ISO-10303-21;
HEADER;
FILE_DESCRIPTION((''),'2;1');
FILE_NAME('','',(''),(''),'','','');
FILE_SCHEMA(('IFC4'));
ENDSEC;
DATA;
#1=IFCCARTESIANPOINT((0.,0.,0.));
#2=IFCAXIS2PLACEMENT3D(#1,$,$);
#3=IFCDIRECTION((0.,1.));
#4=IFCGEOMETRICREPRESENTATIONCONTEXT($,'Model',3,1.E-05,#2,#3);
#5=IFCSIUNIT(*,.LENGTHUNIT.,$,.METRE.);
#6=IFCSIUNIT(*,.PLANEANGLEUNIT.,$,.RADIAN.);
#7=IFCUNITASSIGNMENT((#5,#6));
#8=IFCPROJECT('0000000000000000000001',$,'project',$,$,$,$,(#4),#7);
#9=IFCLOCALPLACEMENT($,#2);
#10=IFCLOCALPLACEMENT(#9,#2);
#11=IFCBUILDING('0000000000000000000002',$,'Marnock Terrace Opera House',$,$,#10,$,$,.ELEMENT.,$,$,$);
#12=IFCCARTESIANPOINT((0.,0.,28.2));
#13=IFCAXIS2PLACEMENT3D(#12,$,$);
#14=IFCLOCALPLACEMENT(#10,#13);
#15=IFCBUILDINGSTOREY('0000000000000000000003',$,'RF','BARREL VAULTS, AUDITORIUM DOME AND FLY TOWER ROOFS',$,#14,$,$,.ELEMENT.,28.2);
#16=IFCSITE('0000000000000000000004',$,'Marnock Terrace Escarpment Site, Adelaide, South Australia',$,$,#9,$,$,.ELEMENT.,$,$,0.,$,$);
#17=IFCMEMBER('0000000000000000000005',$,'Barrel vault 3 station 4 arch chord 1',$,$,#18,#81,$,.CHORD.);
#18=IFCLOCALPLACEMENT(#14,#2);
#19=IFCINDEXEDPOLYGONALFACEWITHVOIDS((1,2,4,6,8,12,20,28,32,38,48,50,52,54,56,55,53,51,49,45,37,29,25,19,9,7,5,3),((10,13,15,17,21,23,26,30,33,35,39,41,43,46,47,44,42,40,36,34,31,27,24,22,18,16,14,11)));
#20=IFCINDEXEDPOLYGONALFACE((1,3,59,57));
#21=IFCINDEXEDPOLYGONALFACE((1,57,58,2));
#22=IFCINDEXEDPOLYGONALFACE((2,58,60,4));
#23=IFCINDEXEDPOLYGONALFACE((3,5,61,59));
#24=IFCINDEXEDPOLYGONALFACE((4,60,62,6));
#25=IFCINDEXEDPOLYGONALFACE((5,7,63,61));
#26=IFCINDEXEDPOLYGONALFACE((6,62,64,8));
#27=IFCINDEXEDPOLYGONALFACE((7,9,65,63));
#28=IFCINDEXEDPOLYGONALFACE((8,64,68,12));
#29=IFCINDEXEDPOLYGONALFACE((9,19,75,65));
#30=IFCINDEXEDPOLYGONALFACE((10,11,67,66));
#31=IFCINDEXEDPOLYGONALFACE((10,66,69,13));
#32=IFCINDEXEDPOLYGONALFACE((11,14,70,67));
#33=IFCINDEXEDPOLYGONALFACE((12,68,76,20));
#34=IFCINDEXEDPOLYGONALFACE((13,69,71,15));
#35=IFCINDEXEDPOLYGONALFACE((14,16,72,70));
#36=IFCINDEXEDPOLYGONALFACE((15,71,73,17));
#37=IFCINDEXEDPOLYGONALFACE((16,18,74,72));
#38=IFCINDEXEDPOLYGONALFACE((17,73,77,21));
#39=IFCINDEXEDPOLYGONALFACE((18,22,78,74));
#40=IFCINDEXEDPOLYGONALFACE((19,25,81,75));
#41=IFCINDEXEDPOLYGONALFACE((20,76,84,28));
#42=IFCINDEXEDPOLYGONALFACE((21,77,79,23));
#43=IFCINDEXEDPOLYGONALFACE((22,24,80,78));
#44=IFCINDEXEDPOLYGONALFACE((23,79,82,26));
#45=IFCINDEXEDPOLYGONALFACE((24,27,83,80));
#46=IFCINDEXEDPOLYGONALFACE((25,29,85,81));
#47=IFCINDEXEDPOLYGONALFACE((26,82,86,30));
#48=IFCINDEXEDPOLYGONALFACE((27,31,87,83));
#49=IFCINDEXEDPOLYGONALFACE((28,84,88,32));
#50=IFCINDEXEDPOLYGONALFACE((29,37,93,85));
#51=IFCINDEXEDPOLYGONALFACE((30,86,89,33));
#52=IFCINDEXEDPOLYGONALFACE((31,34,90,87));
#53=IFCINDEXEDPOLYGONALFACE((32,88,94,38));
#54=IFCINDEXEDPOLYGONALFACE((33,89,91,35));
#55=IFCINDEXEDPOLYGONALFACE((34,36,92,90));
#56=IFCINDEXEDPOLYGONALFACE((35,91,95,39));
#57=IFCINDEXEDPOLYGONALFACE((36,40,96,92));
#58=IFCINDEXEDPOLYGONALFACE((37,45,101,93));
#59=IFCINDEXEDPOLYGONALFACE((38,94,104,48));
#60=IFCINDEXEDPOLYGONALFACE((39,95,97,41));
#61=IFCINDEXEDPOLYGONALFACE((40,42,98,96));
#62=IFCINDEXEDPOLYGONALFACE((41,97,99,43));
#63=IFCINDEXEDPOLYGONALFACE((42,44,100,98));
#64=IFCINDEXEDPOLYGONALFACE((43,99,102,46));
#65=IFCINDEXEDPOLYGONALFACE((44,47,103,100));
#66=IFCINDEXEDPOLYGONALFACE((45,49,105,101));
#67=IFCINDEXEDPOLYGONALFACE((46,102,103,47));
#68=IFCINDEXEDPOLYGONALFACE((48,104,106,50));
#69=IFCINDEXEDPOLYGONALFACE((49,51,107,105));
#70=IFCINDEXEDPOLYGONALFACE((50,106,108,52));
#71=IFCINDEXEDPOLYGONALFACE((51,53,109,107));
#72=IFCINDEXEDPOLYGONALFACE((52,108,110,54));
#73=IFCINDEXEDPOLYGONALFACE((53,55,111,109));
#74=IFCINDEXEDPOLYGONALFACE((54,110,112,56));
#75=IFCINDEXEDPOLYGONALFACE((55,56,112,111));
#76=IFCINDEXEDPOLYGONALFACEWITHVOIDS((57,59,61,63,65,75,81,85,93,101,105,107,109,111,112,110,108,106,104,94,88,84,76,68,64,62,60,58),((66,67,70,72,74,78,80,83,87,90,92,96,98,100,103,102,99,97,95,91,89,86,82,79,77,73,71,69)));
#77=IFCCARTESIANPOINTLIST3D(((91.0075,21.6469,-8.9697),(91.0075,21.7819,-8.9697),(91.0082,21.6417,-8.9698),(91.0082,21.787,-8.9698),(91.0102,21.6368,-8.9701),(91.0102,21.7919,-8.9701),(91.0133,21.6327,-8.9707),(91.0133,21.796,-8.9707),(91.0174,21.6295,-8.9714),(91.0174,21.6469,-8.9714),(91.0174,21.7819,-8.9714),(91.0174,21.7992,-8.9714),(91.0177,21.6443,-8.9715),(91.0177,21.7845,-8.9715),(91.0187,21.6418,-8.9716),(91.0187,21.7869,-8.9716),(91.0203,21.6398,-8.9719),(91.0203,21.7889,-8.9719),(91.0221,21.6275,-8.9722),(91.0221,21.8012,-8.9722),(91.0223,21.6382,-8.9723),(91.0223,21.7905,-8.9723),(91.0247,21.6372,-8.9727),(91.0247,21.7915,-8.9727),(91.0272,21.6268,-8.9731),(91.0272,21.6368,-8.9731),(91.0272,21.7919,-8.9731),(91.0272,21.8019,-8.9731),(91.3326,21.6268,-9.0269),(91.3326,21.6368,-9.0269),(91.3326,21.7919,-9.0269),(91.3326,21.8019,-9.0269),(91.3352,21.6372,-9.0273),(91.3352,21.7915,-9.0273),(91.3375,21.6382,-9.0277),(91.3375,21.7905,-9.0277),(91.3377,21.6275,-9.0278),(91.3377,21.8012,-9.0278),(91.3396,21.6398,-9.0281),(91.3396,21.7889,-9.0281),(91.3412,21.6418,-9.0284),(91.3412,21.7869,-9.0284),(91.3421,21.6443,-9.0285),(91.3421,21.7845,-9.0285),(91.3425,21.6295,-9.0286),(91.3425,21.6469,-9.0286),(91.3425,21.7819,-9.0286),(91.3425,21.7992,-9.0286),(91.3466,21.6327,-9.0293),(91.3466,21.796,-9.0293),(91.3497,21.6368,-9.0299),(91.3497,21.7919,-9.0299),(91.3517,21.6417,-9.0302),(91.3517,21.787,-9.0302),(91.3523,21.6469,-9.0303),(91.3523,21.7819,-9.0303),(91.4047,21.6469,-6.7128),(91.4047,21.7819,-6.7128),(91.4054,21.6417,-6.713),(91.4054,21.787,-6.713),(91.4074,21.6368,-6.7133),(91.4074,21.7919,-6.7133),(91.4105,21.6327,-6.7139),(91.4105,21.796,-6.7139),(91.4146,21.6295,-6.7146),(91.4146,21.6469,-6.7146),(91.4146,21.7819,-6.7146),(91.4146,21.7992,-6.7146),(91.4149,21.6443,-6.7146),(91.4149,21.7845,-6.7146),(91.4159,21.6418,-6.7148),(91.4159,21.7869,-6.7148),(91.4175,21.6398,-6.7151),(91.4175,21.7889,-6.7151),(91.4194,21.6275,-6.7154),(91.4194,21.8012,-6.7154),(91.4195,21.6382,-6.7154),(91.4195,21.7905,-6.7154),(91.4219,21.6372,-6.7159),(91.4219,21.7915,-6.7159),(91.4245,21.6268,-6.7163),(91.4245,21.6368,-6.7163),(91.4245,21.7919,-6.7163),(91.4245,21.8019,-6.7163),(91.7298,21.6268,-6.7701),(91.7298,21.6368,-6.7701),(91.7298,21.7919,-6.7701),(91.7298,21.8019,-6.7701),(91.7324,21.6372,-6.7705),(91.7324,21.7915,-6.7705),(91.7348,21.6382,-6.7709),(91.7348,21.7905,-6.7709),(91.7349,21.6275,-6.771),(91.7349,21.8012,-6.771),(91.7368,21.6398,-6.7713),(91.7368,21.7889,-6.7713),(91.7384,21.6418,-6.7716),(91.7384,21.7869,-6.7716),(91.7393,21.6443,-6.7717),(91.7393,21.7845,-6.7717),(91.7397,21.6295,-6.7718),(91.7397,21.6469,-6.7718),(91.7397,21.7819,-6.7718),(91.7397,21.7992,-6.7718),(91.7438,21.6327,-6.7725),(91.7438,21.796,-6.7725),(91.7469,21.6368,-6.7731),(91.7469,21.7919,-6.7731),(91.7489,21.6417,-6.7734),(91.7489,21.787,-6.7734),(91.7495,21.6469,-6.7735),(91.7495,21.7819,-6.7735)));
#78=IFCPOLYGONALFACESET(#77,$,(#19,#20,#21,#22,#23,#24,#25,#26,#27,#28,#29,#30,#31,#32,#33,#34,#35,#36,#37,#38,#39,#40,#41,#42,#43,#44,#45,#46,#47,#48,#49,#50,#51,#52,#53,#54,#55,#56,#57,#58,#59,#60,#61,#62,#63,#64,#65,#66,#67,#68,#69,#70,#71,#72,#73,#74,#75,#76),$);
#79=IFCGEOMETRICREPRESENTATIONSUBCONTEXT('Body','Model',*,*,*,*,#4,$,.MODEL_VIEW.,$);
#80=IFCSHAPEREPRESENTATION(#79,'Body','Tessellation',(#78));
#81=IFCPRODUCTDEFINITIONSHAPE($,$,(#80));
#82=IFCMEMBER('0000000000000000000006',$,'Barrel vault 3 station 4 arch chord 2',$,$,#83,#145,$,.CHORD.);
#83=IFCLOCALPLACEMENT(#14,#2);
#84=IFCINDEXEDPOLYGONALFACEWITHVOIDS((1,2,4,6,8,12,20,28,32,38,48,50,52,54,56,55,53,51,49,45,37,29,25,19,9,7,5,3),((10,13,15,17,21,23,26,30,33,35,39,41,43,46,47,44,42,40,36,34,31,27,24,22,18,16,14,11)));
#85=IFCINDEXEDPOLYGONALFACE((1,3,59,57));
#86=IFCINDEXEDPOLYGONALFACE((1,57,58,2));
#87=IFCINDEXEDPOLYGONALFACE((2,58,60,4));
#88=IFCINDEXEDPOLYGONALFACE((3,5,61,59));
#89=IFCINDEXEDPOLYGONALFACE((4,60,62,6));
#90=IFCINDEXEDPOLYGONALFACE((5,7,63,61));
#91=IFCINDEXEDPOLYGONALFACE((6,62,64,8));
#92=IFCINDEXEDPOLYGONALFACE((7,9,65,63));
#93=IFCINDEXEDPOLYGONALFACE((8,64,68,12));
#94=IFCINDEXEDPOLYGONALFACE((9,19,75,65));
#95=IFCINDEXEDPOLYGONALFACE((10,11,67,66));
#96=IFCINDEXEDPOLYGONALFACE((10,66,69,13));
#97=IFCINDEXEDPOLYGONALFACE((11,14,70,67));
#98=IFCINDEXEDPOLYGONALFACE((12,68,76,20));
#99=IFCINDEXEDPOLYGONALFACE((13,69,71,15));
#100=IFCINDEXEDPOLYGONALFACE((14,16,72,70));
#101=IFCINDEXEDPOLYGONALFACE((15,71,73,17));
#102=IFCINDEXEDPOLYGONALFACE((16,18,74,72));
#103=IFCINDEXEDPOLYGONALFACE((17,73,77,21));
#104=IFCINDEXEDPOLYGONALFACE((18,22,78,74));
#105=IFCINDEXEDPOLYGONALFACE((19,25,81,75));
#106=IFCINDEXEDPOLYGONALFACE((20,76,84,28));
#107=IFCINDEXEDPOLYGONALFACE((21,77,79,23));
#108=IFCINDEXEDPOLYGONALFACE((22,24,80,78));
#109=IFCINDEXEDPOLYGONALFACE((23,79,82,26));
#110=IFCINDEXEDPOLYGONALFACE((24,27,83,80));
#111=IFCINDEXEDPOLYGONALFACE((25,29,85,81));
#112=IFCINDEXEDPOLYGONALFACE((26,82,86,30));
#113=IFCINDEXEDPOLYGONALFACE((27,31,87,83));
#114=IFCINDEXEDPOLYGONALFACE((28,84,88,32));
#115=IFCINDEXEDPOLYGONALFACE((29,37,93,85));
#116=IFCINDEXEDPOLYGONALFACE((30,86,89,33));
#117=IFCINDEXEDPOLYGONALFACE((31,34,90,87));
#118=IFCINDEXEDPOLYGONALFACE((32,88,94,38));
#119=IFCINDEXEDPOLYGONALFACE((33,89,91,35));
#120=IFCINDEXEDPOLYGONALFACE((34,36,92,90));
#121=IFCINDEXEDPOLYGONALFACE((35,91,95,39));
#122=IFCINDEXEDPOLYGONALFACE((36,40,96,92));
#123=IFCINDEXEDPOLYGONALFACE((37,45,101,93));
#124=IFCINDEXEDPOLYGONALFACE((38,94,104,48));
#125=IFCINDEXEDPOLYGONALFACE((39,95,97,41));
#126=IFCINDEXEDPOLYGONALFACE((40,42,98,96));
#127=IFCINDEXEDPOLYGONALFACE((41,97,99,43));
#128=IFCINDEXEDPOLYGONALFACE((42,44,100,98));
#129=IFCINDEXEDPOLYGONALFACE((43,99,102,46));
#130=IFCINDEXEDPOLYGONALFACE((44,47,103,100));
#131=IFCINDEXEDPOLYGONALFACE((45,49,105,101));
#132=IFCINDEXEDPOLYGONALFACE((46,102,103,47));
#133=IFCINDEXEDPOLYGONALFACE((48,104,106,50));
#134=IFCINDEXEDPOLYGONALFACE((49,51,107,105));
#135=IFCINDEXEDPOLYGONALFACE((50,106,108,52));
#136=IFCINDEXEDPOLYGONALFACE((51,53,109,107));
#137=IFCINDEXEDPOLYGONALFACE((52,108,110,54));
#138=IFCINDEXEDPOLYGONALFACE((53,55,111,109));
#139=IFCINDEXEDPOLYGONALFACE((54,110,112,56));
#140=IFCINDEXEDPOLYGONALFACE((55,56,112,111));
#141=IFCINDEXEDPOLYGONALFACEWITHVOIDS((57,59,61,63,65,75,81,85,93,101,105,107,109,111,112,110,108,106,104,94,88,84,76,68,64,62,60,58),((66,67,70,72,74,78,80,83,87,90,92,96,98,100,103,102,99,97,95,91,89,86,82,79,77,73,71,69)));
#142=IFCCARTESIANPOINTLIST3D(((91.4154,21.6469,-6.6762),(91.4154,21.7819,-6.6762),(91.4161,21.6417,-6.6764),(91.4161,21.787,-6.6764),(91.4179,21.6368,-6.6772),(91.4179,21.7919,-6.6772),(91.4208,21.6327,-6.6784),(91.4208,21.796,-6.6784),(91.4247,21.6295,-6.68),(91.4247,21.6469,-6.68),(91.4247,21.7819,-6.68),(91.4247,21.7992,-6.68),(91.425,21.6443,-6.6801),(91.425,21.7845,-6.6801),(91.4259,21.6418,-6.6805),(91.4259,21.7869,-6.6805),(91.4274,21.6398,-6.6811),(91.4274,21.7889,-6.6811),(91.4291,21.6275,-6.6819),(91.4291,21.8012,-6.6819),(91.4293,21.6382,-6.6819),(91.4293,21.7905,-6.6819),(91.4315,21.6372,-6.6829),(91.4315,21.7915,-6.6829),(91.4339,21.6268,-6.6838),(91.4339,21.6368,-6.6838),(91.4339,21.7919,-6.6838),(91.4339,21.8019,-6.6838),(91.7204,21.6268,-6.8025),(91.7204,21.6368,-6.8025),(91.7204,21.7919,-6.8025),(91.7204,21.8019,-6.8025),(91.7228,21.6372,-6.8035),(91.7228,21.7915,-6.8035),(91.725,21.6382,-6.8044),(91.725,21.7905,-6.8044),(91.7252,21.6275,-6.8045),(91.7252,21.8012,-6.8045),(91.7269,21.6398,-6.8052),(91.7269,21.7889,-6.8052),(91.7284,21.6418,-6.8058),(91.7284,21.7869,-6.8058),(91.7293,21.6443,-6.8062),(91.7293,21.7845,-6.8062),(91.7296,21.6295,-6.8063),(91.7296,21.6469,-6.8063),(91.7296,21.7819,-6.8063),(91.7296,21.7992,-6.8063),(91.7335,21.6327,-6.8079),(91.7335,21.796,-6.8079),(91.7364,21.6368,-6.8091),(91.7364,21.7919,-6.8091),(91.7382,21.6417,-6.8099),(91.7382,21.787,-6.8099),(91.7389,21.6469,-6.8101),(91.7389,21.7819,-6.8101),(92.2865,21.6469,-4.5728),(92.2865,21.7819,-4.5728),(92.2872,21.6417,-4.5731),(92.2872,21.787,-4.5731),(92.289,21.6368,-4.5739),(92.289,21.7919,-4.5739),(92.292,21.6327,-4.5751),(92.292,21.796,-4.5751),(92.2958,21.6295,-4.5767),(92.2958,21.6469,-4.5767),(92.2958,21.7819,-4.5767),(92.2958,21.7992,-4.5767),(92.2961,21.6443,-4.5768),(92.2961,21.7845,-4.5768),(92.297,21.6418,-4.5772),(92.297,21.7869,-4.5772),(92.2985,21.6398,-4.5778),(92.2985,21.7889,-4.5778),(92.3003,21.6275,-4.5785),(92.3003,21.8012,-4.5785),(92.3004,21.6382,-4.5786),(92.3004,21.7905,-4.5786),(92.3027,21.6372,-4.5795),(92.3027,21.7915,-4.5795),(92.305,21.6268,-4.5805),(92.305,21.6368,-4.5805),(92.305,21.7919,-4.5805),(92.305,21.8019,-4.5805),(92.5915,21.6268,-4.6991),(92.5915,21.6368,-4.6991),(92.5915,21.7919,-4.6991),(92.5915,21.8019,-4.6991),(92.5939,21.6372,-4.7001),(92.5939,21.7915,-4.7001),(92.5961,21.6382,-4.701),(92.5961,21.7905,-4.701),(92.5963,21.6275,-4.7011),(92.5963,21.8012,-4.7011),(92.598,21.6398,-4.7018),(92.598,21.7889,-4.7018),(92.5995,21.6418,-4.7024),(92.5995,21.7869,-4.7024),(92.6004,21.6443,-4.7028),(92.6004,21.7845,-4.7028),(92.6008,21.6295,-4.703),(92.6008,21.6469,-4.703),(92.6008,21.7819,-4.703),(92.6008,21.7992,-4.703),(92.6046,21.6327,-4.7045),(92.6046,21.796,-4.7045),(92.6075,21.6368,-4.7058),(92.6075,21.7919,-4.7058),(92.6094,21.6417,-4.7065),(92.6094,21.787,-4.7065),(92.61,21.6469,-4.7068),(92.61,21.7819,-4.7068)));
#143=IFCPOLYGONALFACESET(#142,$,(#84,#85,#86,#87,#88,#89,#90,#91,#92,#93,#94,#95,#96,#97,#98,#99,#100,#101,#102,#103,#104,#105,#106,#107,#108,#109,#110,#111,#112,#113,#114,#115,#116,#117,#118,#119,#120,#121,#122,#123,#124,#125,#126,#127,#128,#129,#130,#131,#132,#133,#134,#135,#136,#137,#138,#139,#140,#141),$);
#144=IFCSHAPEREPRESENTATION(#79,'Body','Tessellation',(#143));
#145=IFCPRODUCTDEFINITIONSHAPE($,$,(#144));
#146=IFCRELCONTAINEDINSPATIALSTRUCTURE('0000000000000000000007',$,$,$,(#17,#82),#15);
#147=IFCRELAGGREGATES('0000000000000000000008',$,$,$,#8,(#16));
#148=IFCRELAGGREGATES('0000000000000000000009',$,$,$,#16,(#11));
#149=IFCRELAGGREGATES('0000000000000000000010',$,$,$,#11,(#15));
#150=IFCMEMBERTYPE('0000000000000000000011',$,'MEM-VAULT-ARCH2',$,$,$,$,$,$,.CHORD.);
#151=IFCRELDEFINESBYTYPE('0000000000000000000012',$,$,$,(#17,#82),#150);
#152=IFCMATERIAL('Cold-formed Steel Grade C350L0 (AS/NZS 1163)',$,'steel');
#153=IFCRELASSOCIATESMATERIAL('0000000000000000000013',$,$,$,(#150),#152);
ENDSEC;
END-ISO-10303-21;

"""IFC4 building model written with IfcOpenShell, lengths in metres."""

from ifc_helpers import new_model, si_unit, direction, frame, origin, origin_2d, place, context, subcontext, project, spatial, hollow_rectangle, extrude, material, material_profile, profile_set, type_object, element, save


model = new_model("IFC4")

# Units and contexts
model_context = context("Model", 3, precision=1e-05, world=origin(), true_north=direction((0.0, 1.0)))
body_context = subcontext(model_context, "Body", "Model", "MODEL_VIEW")
ifc_project = project(units=[si_unit("LENGTHUNIT", "METRE"), si_unit("PLANEANGLEUNIT", "RADIAN")], contexts=[model_context])

# Site, building, storey
site_placement = place(None, origin())
site = spatial("IfcSite", under=ifc_project, at=site_placement, Name="Marnock Terrace Escarpment Site, Adelaide, South Australia", CompositionType="ELEMENT", RefElevation=0.0)
building_placement = place(site_placement, origin())
building = spatial("IfcBuilding", under=site, at=building_placement, Name="Marnock Terrace Opera House", CompositionType="ELEMENT")
storey_placement = place(building_placement, frame((0.0, 0.0, 28.2)))
storey = spatial("IfcBuildingStorey", under=building, at=storey_placement, Name="RF", Description="BARREL VAULTS, AUDITORIUM DOME AND FLY TOWER ROOFS", CompositionType="ELEMENT", Elevation=28.2)

# Members
ifc_material = material(Name="Cold-formed Steel Grade C350L0 (AS/NZS 1163)", Category="steel")
ifc_material_profile_1 = material_profile(ifc_material, hollow_rectangle(XDim=0.175, YDim=0.3501, WallThickness=0.01, InnerFilletRadius=0.01, OuterFilletRadius=0.02, at=origin_2d()))
ifc_profile_set_1 = profile_set([ifc_material_profile_1], Name="Cold-formed Steel Grade C350L0 (AS/NZS 1163)")
member_type_1 = type_object("IfcMemberType", Name="MEM-VAULT-ARCH2", PredefinedType="CHORD", material=ifc_profile_set_1)
member_1_placement = place(storey_placement, frame((91.1799, 21.7144, -9.0), z_axis=(0.173342, 0.0, 0.984862), x_axis=(0.0, 1.0, 0.0)))
element("IfcMember", 1, at=member_1_placement, inside=storey, type_object=member_type_1, Name="Barrel vault 3 station 4 arch chord 1", PredefinedType="CHORD", context=body_context, shape_type="SweptSolid", body=[
    extrude(hollow_rectangle(XDim=0.175, YDim=0.3501, WallThickness=0.01, InnerFilletRadius=0.01, OuterFilletRadius=0.02, at=origin_2d()), origin(), (0.0, 0.0, 1.0), 2.2915),
])
member_2_placement = place(storey_placement, frame((91.5771, 21.7144, -6.7432), z_axis=(0.382642, 0.0, 0.923897), x_axis=(0.0, 1.0, 0.0)))
element("IfcMember", 2, at=member_2_placement, inside=storey, type_object=member_type_1, Name="Barrel vault 3 station 4 arch chord 2", PredefinedType="CHORD", context=body_context, shape_type="SweptSolid", body=[
    extrude(hollow_rectangle(XDim=0.175, YDim=0.3501, WallThickness=0.01, InnerFilletRadius=0.01, OuterFilletRadius=0.02, at=origin_2d()), origin(), (0.0, 0.0, 1.0), 2.2766),
])

save(model, "model.ifc")
